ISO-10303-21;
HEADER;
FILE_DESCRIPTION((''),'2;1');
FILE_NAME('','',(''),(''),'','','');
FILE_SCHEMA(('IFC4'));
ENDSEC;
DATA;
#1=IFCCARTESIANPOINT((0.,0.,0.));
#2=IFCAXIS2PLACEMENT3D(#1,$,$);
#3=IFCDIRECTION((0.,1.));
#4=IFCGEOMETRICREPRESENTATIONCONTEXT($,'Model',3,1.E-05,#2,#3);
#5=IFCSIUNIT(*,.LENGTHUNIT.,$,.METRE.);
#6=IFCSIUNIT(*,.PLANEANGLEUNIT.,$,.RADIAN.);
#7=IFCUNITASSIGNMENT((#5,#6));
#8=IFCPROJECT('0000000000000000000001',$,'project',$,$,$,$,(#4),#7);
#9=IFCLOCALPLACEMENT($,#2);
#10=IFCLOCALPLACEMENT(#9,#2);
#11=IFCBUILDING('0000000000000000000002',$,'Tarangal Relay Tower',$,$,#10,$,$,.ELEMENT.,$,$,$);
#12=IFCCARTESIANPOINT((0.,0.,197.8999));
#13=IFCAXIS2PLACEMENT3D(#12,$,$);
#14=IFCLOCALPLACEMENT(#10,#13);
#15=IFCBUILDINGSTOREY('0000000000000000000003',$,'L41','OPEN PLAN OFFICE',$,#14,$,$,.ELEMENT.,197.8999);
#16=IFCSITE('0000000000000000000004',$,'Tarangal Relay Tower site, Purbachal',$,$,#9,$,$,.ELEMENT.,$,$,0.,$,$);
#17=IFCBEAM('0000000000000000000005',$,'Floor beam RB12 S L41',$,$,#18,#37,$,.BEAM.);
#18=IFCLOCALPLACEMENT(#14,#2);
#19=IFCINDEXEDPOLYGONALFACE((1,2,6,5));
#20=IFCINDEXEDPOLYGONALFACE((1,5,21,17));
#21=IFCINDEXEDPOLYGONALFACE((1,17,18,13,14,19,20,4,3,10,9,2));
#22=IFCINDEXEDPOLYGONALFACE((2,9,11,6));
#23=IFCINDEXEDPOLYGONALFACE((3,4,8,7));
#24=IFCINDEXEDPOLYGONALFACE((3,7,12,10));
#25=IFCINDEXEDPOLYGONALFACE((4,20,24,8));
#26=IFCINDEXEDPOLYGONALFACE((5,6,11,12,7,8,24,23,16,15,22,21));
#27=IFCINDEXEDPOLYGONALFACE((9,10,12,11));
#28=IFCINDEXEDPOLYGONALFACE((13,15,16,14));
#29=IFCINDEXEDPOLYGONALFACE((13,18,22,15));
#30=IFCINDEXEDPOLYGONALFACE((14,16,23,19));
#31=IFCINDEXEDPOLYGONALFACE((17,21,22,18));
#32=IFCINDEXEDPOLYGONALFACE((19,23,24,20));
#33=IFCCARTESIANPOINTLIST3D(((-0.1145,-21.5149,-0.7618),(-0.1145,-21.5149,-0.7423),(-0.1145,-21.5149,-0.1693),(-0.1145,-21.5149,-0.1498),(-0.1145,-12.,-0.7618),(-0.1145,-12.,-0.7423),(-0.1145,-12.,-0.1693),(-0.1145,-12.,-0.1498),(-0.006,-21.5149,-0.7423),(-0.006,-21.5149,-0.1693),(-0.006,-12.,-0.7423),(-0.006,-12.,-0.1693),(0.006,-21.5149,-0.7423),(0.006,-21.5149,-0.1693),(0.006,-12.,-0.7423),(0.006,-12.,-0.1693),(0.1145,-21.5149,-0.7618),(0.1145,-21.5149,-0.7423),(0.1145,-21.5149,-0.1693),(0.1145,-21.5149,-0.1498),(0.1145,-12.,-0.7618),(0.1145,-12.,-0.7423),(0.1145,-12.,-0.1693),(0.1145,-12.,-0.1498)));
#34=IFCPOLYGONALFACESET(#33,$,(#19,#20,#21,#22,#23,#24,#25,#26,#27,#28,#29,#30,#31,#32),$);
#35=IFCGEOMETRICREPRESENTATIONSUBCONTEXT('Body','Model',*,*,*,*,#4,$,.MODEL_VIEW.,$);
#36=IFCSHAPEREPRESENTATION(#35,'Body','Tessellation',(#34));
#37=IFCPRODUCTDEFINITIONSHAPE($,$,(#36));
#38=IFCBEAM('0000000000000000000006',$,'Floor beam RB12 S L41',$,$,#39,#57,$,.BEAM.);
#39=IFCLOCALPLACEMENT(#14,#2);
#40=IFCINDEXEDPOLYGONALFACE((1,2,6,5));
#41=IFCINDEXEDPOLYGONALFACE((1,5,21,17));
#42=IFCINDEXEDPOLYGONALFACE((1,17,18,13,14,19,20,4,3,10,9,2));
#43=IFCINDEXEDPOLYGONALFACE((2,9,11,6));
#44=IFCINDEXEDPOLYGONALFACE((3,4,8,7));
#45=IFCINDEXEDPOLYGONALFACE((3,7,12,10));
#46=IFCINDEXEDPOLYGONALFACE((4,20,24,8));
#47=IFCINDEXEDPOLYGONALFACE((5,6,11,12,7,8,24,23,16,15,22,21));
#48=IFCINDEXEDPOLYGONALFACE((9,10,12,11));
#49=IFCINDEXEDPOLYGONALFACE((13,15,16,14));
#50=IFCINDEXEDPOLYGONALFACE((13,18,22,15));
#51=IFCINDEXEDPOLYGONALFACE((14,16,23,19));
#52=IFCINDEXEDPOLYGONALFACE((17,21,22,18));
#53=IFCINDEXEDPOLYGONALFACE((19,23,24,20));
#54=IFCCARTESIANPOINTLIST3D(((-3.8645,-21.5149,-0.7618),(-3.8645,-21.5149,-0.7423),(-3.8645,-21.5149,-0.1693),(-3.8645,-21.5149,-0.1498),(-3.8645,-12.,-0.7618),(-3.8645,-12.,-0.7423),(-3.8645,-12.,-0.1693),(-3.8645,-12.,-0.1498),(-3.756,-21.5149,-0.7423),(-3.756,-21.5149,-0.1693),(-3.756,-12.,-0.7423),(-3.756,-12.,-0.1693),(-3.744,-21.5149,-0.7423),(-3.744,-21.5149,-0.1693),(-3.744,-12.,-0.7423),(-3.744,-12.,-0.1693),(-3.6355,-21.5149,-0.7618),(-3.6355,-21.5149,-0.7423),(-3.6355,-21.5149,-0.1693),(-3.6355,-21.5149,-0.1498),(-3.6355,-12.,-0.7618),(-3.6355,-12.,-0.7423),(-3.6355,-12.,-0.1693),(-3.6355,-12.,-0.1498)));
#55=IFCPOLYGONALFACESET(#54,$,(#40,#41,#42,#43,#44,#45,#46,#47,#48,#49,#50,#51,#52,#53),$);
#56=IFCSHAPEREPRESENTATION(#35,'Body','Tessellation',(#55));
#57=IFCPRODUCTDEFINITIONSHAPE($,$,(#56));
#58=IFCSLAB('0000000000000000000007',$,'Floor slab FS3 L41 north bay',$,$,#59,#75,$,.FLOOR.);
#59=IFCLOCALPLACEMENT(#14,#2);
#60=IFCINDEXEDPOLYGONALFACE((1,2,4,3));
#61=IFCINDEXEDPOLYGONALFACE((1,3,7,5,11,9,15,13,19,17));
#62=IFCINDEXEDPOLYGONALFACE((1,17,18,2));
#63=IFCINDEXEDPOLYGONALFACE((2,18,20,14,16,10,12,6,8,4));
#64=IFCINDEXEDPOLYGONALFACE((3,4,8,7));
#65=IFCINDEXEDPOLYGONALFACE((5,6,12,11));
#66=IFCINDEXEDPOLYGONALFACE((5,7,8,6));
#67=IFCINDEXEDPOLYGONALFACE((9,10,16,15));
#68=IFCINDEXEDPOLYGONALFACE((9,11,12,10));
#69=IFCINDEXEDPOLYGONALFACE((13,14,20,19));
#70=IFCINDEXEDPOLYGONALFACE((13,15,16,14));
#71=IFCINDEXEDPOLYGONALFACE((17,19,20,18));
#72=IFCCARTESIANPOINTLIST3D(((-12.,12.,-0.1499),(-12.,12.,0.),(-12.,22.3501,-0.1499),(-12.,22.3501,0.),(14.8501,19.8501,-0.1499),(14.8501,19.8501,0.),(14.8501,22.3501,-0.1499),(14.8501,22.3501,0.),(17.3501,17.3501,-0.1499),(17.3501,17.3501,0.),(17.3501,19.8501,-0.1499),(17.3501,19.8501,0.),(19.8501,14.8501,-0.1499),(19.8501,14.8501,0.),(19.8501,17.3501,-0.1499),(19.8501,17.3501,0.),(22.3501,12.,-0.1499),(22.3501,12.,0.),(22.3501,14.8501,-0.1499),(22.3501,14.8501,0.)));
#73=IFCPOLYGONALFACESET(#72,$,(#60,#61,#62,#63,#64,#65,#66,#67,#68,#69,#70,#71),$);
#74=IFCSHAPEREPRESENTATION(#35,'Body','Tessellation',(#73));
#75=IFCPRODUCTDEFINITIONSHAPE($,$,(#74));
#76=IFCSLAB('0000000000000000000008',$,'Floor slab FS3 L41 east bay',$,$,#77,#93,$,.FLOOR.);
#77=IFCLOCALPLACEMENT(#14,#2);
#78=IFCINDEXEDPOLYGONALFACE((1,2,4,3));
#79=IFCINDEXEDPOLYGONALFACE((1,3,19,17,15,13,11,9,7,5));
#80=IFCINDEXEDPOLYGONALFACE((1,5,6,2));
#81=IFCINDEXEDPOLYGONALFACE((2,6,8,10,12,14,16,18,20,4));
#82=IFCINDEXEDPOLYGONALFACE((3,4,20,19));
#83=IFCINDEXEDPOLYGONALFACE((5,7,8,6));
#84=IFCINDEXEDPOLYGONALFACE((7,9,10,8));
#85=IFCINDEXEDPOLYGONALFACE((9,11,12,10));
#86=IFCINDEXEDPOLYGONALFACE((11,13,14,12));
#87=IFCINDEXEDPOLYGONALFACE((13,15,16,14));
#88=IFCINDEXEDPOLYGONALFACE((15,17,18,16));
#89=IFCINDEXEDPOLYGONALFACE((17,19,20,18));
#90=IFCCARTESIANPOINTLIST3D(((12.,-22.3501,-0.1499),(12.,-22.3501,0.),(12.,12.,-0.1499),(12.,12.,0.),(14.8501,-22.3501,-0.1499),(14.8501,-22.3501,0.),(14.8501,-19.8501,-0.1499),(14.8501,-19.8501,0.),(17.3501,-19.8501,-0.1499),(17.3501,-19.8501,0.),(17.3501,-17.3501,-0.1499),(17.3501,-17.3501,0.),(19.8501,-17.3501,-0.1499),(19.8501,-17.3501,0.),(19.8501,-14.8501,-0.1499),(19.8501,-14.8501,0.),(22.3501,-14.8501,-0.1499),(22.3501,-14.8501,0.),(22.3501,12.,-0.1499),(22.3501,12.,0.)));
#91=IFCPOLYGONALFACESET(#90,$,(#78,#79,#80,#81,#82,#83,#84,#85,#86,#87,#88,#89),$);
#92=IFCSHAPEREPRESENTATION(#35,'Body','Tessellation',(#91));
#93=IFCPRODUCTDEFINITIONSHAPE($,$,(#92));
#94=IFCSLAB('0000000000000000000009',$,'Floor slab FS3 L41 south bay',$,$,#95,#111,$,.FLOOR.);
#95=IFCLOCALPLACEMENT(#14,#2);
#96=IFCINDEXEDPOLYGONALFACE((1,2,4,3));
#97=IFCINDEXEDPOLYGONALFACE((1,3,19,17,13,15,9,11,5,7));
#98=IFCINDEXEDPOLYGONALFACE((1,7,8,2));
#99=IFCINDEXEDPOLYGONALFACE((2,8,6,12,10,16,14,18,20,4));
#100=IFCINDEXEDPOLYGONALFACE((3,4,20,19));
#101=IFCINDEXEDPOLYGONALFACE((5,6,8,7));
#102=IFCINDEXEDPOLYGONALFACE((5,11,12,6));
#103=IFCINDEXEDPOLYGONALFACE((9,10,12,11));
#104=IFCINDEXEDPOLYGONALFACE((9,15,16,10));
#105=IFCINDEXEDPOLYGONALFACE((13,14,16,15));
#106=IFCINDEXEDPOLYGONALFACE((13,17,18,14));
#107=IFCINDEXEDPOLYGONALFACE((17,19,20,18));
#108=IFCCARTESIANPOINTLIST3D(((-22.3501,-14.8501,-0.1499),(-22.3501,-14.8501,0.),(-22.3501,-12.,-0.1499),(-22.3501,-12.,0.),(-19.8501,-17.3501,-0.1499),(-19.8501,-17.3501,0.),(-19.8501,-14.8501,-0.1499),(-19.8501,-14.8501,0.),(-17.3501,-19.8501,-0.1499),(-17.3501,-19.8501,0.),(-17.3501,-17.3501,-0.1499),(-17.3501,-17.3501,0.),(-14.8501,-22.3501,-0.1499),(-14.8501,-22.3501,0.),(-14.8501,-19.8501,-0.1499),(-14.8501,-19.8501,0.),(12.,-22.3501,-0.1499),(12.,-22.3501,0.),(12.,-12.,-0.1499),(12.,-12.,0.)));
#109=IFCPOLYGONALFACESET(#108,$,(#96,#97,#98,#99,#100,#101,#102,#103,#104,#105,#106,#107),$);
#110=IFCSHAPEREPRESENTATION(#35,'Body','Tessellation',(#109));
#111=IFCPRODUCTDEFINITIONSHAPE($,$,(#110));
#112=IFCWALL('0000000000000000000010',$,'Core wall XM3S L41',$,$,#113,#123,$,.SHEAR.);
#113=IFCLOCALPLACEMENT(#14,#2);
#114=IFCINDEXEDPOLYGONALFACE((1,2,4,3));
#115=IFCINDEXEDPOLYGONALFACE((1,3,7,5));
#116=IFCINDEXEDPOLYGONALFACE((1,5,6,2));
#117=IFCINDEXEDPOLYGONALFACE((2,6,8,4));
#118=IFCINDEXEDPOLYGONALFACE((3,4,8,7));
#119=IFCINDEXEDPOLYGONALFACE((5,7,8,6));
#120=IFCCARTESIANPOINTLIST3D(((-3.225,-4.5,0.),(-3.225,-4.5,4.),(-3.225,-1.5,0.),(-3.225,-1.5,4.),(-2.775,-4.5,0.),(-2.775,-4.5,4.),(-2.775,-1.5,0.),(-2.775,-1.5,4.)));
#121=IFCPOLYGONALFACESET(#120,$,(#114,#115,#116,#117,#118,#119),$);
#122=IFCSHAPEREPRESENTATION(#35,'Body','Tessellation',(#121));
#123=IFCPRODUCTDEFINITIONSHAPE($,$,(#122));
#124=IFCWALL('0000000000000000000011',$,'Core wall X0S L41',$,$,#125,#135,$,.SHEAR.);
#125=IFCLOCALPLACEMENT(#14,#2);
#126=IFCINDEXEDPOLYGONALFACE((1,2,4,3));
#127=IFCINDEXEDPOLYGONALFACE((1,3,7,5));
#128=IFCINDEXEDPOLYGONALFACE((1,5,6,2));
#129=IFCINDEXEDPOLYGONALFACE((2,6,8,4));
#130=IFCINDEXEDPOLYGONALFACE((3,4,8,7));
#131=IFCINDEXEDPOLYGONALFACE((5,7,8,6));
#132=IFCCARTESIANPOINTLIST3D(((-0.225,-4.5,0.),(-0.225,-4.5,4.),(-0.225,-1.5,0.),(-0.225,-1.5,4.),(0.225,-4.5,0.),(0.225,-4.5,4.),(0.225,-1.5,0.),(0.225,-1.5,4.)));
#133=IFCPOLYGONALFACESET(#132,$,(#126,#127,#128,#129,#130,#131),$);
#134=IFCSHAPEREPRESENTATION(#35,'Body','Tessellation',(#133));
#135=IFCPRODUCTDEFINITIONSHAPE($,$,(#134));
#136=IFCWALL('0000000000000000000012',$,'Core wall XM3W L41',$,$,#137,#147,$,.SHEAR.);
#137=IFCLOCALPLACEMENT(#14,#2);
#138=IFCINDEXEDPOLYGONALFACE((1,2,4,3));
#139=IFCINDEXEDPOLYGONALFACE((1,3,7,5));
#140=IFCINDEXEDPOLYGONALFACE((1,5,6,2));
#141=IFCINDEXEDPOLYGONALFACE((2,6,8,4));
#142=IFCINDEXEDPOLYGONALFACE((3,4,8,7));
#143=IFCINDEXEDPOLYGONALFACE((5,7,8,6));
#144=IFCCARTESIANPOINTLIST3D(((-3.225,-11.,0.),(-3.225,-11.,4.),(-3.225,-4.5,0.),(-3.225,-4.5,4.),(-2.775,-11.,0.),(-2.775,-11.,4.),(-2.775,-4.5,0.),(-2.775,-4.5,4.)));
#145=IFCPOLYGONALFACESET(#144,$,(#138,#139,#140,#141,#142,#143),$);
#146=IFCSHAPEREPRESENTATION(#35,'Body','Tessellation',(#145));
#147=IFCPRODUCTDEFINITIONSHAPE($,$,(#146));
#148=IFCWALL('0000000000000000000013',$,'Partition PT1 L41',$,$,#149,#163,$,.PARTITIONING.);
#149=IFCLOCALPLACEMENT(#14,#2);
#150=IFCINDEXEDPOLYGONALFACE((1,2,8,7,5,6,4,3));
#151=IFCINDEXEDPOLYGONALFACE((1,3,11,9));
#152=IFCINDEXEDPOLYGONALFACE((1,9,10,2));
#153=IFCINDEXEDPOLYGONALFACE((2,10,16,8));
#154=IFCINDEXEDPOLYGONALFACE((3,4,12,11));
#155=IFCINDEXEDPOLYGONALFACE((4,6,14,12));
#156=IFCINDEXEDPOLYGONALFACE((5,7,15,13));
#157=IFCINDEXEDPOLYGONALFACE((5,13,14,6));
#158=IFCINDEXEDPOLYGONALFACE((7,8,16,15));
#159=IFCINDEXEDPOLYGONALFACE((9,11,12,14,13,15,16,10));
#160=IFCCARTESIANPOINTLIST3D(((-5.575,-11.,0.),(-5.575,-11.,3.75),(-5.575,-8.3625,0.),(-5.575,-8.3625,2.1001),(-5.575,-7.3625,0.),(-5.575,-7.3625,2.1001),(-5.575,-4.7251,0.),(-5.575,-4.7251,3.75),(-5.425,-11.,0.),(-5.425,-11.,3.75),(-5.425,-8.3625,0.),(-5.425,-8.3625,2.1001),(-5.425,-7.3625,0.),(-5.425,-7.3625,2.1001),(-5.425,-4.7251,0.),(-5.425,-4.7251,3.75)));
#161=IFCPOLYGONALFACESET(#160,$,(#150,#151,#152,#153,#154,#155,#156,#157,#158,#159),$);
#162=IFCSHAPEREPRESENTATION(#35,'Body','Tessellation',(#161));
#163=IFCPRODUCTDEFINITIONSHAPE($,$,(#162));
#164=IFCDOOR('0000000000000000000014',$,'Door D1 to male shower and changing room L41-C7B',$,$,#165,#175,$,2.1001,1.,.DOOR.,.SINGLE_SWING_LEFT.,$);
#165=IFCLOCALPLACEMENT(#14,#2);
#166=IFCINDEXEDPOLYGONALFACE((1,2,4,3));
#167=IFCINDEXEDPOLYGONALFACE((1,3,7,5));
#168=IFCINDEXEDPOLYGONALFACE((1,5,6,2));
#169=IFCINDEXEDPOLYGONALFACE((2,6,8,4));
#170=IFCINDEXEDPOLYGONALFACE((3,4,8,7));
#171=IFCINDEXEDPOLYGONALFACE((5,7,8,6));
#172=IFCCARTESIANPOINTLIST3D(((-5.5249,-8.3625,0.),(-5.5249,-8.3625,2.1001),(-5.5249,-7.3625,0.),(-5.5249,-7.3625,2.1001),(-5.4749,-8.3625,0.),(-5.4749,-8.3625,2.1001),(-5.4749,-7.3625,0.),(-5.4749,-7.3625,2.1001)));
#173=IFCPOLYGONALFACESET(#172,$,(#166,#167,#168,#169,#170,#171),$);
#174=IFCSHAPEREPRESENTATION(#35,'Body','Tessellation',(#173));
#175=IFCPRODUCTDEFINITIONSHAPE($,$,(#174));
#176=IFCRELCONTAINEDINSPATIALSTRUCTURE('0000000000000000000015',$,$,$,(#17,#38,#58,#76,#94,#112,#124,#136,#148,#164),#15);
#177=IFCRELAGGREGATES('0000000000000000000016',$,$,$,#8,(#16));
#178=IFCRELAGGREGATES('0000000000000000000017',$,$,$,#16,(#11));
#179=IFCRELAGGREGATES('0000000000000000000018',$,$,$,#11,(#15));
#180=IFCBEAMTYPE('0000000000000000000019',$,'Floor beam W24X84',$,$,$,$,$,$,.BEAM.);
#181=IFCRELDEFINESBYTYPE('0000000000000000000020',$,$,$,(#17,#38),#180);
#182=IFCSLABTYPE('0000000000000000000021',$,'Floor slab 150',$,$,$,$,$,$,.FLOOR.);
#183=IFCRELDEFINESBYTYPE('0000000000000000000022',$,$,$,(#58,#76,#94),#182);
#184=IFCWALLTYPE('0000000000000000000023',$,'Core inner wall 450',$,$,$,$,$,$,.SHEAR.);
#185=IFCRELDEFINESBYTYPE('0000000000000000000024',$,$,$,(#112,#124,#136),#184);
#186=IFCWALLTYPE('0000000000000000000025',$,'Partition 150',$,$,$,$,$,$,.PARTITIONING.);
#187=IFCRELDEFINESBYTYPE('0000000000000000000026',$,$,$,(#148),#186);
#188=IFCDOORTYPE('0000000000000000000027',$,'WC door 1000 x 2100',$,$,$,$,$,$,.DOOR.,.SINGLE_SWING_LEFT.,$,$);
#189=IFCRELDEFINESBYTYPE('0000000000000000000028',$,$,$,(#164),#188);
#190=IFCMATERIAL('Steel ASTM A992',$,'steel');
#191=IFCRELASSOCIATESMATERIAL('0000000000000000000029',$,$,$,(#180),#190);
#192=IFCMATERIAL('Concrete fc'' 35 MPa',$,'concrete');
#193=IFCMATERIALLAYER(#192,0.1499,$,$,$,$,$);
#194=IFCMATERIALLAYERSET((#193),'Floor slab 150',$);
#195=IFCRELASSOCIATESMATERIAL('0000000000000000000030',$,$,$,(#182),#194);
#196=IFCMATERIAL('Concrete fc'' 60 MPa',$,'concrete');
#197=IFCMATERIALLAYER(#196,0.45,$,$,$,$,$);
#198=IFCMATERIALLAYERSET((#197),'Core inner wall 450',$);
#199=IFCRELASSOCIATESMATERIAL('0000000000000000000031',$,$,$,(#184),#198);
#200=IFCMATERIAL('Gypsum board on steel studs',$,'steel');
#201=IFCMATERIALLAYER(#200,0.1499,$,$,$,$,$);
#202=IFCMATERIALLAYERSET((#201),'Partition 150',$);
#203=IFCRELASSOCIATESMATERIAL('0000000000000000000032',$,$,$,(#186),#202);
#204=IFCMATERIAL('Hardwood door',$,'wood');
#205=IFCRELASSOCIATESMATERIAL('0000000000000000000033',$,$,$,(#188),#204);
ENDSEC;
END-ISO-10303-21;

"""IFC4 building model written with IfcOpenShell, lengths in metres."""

from ifc_helpers import new_model, si_unit, direction, frame, frame_2d, origin, origin_2d, place, context, subcontext, project, spatial, polyline, rectangle, i_section, outline, extrude, material, layer, layer_set, material_profile, profile_set, type_object, element, fill, save


model = new_model("IFC4")

# Units and contexts
model_context = context("Model", 3, precision=1e-05, world=origin(), true_north=direction((0.0, 1.0)))
body_context = subcontext(model_context, "Body", "Model", "MODEL_VIEW")
ifc_project = project(units=[si_unit("LENGTHUNIT", "METRE"), si_unit("PLANEANGLEUNIT", "RADIAN")], contexts=[model_context])

# Site, building, storey
site_placement = place(None, origin())
site = spatial("IfcSite", under=ifc_project, at=site_placement, Name="Tarangal Relay Tower site, Purbachal", CompositionType="ELEMENT", RefElevation=0.0)
building_placement = place(site_placement, origin())
building = spatial("IfcBuilding", under=site, at=building_placement, Name="Tarangal Relay Tower", CompositionType="ELEMENT")
storey_placement = place(building_placement, frame((0.0, 0.0, 197.8999)))
storey = spatial("IfcBuildingStorey", under=building, at=storey_placement, Name="L41", Description="OPEN PLAN OFFICE", CompositionType="ELEMENT", Elevation=197.8999)

# Beams
ifc_material_1 = material(Name="Steel ASTM A992", Category="steel")
ifc_material_profile = material_profile(ifc_material_1, i_section(OverallWidth=0.229, OverallDepth=0.6121, WebThickness=0.012, FlangeThickness=0.0195, at=origin_2d()), Name="W24X84")
ifc_profile_set = profile_set([ifc_material_profile], Name="Steel ASTM A992")
beam_type = type_object("IfcBeamType", Name="Floor beam W24X84", PredefinedType="BEAM", material=ifc_profile_set)
for number, where, z_axis, x_axis, name in (
    (1, (0.0, -12.0, -0.4558), (0.0, -1.0, 0.0), (1.0, 0.0, 0.0), "Floor beam RB12 S L41"),
    (2, (-3.75, -12.0, -0.4558), (0.0, -1.0, 0.0), (1.0, 0.0, 0.0), "Floor beam RB12 S L41"),
):
    element("IfcBeam", number, at=place(storey_placement, frame(where, z_axis=z_axis, x_axis=x_axis)), inside=storey, type_object=beam_type, Name=name, PredefinedType="BEAM", context=body_context, shape_type="SweptSolid", body=[
        extrude(i_section(OverallWidth=0.229, OverallDepth=0.6121, WebThickness=0.012, FlangeThickness=0.0195, at=origin_2d()), origin(), (0.0, 0.0, 1.0), 9.5149),
    ])

# Slabs
ifc_material_2 = material(Name="Concrete fc' 35 MPa", Category="concrete")
ifc_layer_1 = layer(ifc_material_2, 0.1499)
ifc_layer_set_1 = layer_set([ifc_layer_1], Name="Floor slab 150")
slab_type = type_object("IfcSlabType", Name="Floor slab 150", PredefinedType="FLOOR", material=ifc_layer_set_1)
slab_1_placement = place(storey_placement, frame((0.0, 0.0, -0.1499)))
element("IfcSlab", 3, at=slab_1_placement, inside=storey, type_object=slab_type, Name="Floor slab FS3 L41 north bay", PredefinedType="FLOOR", context=body_context, shape_type="SweptSolid", body=[
    extrude(outline(polyline([(14.8501, 22.3501), (14.8501, 19.8501), (17.3501, 19.8501), (17.3501, 17.3501), (19.8501, 17.3501), (19.8501, 14.8501), (22.3501, 14.8501), (22.3501, 12.0), (-12.0, 12.0), (-12.0, 22.3501), (14.8501, 22.3501)])), origin(), (0.0, 0.0, 1.0), 0.1499),
])
slab_2_placement = place(storey_placement, frame((0.0, 0.0, -0.1499)))
element("IfcSlab", 4, at=slab_2_placement, inside=storey, type_object=slab_type, Name="Floor slab FS3 L41 east bay", PredefinedType="FLOOR", context=body_context, shape_type="SweptSolid", body=[
    extrude(outline(polyline([(22.3501, -14.8501), (19.8501, -14.8501), (19.8501, -17.3501), (17.3501, -17.3501), (17.3501, -19.8501), (14.8501, -19.8501), (14.8501, -22.3501), (12.0, -22.3501), (12.0, 12.0), (22.3501, 12.0), (22.3501, -14.8501)])), origin(), (0.0, 0.0, 1.0), 0.1499),
])
slab_3_placement = place(storey_placement, frame((0.0, 0.0, -0.1499)))
element("IfcSlab", 5, at=slab_3_placement, inside=storey, type_object=slab_type, Name="Floor slab FS3 L41 south bay", PredefinedType="FLOOR", context=body_context, shape_type="SweptSolid", body=[
    extrude(outline(polyline([(-14.8501, -22.3501), (-14.8501, -19.8501), (-17.3501, -19.8501), (-17.3501, -17.3501), (-19.8501, -17.3501), (-19.8501, -14.8501), (-22.3501, -14.8501), (-22.3501, -12.0), (12.0, -12.0), (12.0, -22.3501), (-14.8501, -22.3501)])), origin(), (0.0, 0.0, 1.0), 0.1499),
])

# Walls
ifc_material_3 = material(Name="Concrete fc' 60 MPa", Category="concrete")
ifc_layer_2 = layer(ifc_material_3, 0.45)
ifc_layer_set_2 = layer_set([ifc_layer_2], Name="Core inner wall 450")
wall_type_1 = type_object("IfcWallType", Name="Core inner wall 450", PredefinedType="SHEAR", material=ifc_layer_set_2)
for number, where, z_axis, x_axis, name in (
    (6, (-3.0, -4.5, 0.0), (0.0, 0.0, 1.0), (0.0, 1.0, 0.0), "Core wall XM3S L41"),
    (7, (0.0, -4.5, 0.0), (0.0, 0.0, 1.0), (0.0, 1.0, 0.0), "Core wall X0S L41"),
):
    element("IfcWall", number, at=place(storey_placement, frame(where, z_axis=z_axis, x_axis=x_axis)), inside=storey, type_object=wall_type_1, Name=name, PredefinedType="SHEAR", context=body_context, shape_type="SweptSolid", body=[
        extrude(rectangle(XDim=3.0, YDim=0.45, at=frame_2d((1.5, 0.0))), origin(), (0.0, 0.0, 1.0), 4.0),
    ])
wall_1_placement = place(storey_placement, frame((-3.0, -11.0, 0.0), z_axis=(0.0, 0.0, 1.0), x_axis=(0.0, 1.0, 0.0)))
element("IfcWall", 8, at=wall_1_placement, inside=storey, type_object=wall_type_1, Name="Core wall XM3W L41", PredefinedType="SHEAR", context=body_context, shape_type="SweptSolid", body=[
    extrude(rectangle(XDim=6.5, YDim=0.45, at=frame_2d((3.25, 0.0))), origin(), (0.0, 0.0, 1.0), 4.0),
])

# Wall, opening, door
ifc_material_4 = material(Name="Gypsum board on steel studs", Category="steel")
ifc_layer_3 = layer(ifc_material_4, 0.1499)
ifc_layer_set_3 = layer_set([ifc_layer_3], Name="Partition 150")
wall_type_2 = type_object("IfcWallType", Name="Partition 150", PredefinedType="PARTITIONING", material=ifc_layer_set_3)
wall_2_placement = place(storey_placement, frame((-5.5, -11.0, 0.0), z_axis=(0.0, 0.0, 1.0), x_axis=(0.0, 1.0, 0.0)))
wall_2 = element("IfcWall", 9, at=wall_2_placement, inside=storey, type_object=wall_type_2, Name="Partition PT1 L41", PredefinedType="PARTITIONING", context=body_context, shape_type="SweptSolid", body=[
    extrude(rectangle(XDim=6.2749, YDim=0.1499, at=frame_2d((3.1375, 0.0))), origin(), (0.0, 0.0, 1.0), 3.75),
])
opening_placement = place(wall_2_placement, frame((2.6375, 0.0, 0.0)))
opening = element("IfcOpeningElement", 10, at=opening_placement, cuts=wall_2, PredefinedType="OPENING", context=body_context, shape_type="SweptSolid", body=[
    extrude(rectangle(XDim=1.0, YDim=2.1001, at=frame_2d((0.5, 1.05))), frame((0.0, 0.085, 0.0), z_axis=(0.0, -1.0, 0.0), x_axis=(1.0, 0.0, 0.0)), (0.0, 0.0, 1.0), 0.1699),
])
ifc_material_5 = material(Name="Hardwood door", Category="wood")
door_type = type_object("IfcDoorType", Name="WC door 1000 x 2100", OperationType="SINGLE_SWING_LEFT", PredefinedType="DOOR", material=ifc_material_5)
door_placement = place(opening_placement, origin())
door = element("IfcDoor", 11, at=door_placement, inside=storey, type_object=door_type, Name="Door D1 to male shower and changing room L41-C7B", OperationType="SINGLE_SWING_LEFT", OverallHeight=2.1001, OverallWidth=1.0, PredefinedType="DOOR", context=body_context, shape_type="SweptSolid", body=[
    extrude(rectangle(XDim=1.0, YDim=2.1001, at=frame_2d((0.5, 1.05))), frame((0.0, 0.0249, 0.0), z_axis=(0.0, -1.0, 0.0), x_axis=(1.0, 0.0, 0.0)), (0.0, 0.0, 1.0), 0.05),
])
fill(opening, door)

save(model, "model.ifc")
